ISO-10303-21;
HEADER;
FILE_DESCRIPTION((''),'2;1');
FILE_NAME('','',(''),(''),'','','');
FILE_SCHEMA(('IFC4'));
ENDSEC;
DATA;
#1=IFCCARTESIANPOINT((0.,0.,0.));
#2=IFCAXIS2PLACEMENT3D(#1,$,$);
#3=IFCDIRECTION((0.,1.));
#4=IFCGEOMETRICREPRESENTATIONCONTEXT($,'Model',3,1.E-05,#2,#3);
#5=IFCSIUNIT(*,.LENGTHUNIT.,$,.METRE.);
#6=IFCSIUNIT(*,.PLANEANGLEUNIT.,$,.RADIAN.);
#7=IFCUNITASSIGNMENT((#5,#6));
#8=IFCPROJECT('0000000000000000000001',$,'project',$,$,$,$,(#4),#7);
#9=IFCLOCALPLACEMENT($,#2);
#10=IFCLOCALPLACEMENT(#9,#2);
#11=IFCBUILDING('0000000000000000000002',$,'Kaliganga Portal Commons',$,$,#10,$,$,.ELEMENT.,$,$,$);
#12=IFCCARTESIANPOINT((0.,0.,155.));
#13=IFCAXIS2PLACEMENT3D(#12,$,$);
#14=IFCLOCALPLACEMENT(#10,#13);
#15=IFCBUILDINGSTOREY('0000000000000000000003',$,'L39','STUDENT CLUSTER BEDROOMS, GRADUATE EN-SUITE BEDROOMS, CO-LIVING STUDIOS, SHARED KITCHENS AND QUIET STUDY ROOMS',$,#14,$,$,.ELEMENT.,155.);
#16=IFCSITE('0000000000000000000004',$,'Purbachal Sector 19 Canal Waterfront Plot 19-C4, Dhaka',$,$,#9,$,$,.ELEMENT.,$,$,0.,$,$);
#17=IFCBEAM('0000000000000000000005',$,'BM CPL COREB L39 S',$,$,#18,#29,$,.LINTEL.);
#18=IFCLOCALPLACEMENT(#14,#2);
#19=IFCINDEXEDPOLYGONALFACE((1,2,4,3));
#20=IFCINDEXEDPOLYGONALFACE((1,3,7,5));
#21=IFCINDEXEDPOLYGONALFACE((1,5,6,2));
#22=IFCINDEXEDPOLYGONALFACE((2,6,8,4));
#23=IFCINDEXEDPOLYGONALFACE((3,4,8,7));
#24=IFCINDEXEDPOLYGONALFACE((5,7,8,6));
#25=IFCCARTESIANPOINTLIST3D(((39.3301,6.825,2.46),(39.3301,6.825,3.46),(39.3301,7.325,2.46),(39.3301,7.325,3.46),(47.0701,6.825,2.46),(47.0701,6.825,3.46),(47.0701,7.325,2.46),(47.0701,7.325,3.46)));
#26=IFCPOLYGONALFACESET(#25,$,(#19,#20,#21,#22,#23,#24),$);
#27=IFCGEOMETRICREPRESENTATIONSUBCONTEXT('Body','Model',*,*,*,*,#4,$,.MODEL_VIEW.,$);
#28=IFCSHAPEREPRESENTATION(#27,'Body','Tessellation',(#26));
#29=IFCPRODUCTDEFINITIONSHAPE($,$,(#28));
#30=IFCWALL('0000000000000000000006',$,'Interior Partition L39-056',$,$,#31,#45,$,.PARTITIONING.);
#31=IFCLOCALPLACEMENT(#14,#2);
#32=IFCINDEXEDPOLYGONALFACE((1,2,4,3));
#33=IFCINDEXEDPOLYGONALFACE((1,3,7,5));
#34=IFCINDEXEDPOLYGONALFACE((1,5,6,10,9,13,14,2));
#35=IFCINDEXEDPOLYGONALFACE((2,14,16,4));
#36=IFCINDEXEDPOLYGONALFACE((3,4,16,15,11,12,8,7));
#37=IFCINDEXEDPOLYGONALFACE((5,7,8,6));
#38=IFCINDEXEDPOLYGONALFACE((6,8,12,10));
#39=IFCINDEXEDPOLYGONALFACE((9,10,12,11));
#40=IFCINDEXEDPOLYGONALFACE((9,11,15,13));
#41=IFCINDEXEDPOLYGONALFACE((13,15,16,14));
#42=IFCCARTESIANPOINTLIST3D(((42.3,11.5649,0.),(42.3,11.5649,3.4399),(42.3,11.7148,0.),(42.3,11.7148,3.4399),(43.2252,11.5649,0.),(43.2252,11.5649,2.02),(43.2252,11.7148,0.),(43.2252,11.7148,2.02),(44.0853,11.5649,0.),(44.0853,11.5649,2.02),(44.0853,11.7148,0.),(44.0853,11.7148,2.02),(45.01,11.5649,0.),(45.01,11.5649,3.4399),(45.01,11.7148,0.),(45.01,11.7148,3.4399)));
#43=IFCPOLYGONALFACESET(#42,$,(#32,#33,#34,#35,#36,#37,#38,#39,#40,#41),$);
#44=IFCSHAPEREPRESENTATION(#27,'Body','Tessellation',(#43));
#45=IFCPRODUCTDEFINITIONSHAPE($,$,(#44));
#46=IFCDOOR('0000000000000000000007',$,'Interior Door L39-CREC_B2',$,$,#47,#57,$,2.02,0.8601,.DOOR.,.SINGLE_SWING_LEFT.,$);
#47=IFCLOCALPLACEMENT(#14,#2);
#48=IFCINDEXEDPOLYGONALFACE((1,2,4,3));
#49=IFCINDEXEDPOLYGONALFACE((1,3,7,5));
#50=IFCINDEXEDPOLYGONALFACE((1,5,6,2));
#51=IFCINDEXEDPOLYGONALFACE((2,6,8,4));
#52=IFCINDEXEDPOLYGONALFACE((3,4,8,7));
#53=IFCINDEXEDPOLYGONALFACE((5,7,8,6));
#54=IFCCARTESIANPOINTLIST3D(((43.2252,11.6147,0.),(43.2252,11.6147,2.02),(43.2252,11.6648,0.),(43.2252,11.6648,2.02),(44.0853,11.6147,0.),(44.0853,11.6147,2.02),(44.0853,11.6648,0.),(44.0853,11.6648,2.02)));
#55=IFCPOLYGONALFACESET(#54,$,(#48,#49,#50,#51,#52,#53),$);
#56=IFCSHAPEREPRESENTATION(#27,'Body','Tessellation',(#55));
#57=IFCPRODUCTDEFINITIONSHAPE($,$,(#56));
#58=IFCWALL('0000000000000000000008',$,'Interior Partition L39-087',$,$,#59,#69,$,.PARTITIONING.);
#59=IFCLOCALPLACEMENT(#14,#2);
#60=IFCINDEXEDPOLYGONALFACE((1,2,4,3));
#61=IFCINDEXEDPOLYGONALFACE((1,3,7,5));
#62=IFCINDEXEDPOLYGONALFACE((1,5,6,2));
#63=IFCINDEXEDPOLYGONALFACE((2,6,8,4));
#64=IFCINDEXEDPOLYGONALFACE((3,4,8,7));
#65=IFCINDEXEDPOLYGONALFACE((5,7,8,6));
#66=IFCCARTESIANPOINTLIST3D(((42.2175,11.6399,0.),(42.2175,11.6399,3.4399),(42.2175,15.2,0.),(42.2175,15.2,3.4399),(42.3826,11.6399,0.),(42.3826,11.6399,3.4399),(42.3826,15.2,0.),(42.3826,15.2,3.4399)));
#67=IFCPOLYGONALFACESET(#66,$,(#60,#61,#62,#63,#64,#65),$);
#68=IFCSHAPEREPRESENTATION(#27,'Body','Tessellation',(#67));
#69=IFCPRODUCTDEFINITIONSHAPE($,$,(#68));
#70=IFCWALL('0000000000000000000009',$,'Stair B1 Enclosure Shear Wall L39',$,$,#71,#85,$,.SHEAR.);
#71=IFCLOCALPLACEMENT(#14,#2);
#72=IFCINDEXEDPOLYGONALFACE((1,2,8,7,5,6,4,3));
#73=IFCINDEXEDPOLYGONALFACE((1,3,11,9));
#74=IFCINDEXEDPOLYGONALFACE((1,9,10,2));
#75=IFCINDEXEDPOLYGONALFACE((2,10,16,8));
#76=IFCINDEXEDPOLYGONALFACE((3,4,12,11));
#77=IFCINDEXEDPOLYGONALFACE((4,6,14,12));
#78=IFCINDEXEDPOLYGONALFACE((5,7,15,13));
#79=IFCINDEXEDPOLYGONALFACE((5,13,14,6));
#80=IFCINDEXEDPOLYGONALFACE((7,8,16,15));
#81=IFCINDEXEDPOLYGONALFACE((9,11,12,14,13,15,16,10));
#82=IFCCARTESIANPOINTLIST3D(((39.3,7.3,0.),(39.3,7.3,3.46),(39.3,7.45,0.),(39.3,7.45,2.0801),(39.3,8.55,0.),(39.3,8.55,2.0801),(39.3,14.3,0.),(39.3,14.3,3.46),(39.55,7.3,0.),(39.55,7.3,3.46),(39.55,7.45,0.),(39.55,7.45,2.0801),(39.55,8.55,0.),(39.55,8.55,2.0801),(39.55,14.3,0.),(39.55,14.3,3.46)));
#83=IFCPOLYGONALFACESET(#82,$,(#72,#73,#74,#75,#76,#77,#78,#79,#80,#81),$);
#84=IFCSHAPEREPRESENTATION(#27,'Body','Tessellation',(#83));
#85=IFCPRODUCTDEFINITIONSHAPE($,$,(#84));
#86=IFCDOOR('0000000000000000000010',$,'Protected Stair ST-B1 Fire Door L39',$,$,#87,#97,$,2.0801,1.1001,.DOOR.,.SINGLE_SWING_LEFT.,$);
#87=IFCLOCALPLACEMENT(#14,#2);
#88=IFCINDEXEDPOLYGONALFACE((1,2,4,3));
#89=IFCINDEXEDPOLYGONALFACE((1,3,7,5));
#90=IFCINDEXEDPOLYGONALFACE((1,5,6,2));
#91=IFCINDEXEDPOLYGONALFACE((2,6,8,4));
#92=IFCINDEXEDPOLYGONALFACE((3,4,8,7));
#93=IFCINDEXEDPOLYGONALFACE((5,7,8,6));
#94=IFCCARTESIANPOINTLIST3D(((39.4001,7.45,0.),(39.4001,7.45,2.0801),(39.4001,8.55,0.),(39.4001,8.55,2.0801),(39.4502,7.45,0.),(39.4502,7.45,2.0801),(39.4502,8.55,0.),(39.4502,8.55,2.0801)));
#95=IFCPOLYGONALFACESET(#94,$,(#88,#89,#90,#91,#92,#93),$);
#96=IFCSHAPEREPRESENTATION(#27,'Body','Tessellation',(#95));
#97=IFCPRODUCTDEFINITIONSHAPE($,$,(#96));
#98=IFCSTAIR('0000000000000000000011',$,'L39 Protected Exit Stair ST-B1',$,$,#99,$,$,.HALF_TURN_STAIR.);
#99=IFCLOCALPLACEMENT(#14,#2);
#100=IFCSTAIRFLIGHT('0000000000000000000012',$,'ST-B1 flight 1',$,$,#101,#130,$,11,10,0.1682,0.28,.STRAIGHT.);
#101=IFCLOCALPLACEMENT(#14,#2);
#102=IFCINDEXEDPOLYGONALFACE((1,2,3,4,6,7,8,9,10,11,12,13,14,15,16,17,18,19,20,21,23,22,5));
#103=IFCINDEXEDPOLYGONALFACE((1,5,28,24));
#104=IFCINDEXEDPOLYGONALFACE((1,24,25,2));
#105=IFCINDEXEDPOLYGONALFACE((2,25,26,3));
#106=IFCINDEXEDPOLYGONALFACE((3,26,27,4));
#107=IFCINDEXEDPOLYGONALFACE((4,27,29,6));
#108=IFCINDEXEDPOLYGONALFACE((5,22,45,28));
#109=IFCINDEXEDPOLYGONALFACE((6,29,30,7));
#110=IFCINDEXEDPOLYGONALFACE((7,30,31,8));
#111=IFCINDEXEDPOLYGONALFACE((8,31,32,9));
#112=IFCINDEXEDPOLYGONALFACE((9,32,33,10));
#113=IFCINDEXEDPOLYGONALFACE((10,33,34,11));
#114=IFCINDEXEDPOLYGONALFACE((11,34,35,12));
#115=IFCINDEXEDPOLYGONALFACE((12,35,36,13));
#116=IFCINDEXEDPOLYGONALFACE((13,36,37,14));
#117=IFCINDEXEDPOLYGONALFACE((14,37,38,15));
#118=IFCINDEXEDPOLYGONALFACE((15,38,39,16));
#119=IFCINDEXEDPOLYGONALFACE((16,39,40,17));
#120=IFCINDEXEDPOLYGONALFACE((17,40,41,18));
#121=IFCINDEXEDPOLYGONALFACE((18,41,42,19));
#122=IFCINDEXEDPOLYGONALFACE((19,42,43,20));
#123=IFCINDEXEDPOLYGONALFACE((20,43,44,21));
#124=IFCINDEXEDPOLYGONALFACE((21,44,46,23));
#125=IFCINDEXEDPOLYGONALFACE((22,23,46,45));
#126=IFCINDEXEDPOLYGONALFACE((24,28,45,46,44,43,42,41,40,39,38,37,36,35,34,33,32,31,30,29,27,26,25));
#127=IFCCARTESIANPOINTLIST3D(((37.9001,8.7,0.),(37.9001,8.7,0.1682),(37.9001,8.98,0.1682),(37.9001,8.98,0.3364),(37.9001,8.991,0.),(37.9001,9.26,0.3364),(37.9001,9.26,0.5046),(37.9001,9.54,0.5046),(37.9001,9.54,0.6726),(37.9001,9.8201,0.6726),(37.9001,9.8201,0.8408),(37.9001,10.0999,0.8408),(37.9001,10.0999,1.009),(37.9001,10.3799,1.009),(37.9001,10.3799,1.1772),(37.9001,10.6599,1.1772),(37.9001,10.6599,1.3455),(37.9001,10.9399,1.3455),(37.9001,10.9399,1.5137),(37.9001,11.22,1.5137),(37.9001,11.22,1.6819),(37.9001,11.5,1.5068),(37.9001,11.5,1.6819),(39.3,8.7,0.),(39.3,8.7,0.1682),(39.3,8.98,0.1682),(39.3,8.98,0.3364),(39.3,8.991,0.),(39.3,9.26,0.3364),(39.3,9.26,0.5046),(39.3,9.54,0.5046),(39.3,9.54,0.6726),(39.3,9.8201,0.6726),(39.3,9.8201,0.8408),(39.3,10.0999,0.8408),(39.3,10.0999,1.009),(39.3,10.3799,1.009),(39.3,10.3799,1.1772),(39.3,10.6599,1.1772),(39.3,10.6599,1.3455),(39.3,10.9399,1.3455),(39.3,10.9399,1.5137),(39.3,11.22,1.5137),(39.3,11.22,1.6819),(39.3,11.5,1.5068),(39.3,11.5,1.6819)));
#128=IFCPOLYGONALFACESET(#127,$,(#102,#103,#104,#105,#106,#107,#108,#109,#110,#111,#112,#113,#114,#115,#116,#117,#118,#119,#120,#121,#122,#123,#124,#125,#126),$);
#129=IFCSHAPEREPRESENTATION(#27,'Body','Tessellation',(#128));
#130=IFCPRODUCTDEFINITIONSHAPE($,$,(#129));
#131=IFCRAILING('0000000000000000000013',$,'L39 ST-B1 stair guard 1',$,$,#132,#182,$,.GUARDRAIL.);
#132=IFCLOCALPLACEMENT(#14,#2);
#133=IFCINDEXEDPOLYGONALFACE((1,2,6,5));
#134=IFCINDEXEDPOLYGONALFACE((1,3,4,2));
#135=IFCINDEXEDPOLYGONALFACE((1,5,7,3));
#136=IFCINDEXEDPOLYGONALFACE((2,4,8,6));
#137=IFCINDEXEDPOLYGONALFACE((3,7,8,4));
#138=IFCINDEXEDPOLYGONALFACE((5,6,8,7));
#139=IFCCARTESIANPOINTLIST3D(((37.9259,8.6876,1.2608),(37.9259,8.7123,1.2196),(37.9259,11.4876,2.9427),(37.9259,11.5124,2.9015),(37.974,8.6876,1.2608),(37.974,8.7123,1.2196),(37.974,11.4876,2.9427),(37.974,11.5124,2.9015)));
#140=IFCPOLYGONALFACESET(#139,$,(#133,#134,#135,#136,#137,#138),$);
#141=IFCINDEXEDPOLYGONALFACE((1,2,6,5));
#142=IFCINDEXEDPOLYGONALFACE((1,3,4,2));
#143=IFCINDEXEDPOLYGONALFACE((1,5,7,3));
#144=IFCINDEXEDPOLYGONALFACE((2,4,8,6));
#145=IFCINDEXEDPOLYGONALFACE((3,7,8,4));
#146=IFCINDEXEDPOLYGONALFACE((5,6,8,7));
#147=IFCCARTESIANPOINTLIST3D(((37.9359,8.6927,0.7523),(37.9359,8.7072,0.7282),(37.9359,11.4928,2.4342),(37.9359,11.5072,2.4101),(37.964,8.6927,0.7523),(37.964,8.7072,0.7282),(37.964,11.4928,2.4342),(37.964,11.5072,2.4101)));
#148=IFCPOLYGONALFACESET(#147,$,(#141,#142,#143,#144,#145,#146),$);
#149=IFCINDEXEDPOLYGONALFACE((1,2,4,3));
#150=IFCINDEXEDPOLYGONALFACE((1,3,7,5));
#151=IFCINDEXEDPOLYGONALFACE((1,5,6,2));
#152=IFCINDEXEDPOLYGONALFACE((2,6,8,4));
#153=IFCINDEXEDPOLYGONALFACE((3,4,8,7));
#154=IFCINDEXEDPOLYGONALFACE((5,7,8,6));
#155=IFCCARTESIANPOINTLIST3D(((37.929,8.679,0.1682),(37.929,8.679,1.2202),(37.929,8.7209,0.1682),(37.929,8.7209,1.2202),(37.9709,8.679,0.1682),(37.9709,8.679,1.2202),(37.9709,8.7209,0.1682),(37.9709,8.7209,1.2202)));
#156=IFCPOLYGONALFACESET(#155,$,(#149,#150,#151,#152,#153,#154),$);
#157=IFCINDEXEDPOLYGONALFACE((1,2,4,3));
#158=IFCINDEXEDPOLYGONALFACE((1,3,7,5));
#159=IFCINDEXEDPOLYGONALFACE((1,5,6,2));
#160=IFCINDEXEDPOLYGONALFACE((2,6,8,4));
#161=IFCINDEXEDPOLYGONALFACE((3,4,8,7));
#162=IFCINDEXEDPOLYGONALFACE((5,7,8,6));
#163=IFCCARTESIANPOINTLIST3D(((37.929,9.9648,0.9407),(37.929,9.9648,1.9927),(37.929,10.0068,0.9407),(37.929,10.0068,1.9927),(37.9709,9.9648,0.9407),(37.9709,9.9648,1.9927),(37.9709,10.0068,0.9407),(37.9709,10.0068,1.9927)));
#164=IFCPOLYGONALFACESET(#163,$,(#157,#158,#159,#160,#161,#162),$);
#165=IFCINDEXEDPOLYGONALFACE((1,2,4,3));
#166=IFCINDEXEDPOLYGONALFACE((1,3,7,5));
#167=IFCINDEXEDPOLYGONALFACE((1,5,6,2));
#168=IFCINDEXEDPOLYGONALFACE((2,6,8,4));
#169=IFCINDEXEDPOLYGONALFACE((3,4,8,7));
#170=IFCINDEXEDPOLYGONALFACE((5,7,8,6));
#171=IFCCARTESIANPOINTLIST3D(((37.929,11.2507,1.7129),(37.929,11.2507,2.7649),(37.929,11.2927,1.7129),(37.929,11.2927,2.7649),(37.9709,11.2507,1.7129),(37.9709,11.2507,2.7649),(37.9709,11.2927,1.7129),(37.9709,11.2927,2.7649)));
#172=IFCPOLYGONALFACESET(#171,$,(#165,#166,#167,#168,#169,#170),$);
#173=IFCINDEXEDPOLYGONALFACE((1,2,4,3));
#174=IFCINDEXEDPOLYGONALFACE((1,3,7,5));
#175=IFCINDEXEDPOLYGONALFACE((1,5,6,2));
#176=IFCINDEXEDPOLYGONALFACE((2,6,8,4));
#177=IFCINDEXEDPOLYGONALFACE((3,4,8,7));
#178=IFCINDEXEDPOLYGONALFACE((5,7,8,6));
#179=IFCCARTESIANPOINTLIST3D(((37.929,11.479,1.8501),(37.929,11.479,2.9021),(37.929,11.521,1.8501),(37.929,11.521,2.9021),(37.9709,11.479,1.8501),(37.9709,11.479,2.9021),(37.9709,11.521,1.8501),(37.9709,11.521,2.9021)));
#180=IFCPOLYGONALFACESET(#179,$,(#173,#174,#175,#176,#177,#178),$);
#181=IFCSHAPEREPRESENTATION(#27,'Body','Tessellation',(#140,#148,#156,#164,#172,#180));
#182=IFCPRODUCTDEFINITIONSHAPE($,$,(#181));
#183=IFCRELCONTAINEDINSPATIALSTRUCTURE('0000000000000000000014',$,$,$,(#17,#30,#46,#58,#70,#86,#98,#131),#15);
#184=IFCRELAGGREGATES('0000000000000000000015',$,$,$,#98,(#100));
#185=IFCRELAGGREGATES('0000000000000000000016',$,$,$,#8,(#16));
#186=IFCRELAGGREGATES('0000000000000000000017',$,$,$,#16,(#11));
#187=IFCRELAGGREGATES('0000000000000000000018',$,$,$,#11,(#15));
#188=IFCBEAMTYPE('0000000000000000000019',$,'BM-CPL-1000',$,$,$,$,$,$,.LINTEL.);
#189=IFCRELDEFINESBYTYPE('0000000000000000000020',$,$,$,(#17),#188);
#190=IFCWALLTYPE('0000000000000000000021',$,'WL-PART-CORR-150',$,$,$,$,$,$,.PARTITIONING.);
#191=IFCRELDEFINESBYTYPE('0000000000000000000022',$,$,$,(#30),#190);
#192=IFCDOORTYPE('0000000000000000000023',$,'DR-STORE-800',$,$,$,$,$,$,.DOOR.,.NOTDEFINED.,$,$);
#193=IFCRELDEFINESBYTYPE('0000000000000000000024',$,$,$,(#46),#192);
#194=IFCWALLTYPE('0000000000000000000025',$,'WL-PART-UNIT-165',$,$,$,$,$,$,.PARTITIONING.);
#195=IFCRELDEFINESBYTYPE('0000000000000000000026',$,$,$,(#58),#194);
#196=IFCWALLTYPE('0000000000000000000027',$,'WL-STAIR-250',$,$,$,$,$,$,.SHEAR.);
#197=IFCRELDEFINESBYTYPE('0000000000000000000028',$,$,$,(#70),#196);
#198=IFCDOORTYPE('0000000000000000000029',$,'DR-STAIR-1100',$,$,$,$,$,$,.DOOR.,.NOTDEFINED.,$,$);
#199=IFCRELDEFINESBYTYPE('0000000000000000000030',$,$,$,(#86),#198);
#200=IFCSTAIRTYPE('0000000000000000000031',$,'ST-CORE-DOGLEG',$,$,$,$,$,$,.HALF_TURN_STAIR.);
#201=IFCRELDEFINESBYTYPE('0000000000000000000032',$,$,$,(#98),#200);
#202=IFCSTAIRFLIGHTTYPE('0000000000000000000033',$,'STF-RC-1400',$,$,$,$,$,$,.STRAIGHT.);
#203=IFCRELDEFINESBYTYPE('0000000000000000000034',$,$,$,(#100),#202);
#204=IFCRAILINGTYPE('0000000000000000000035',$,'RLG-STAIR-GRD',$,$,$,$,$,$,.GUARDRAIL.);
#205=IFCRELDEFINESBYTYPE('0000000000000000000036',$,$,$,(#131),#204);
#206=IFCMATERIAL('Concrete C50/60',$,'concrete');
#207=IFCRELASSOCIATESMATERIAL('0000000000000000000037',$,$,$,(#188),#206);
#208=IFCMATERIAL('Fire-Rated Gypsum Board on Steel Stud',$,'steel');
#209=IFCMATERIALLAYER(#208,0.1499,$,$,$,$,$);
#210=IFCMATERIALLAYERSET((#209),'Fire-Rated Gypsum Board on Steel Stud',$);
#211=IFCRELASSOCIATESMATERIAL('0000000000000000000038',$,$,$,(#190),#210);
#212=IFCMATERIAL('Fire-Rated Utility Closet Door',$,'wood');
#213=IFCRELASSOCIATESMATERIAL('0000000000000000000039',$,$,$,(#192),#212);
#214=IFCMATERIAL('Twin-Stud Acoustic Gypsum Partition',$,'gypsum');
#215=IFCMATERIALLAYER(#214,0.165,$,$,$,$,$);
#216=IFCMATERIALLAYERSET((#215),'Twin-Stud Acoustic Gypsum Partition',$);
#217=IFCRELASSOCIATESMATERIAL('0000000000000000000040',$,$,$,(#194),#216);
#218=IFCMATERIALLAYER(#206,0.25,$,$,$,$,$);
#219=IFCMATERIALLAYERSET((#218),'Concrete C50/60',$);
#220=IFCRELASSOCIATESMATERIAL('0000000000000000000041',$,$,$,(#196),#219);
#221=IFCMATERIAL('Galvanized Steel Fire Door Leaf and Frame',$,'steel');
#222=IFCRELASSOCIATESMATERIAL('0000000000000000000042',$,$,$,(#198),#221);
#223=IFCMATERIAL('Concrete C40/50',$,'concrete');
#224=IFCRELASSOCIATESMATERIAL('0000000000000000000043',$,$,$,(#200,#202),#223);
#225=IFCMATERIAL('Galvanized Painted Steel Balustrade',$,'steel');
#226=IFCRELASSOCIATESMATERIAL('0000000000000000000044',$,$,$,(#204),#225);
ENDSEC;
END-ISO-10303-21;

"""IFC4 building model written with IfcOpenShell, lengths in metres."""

from ifc_helpers import new_model, si_unit, direction, frame, frame_2d, origin, origin_2d, place, context, subcontext, project, spatial, polyline, rectangle, outline, extrude, source, transform, mapped, material, layer, layer_set, material_profile, profile_set, type_object, element, fill, aggregate, save


model = new_model("IFC4")

# Units and contexts
model_context = context("Model", 3, precision=1e-05, world=origin(), true_north=direction((0.0, 1.0)))
body_context = subcontext(model_context, "Body", "Model", "MODEL_VIEW")
ifc_project = project(units=[si_unit("LENGTHUNIT", "METRE"), si_unit("PLANEANGLEUNIT", "RADIAN")], contexts=[model_context])

# Site, building, storey
site_placement = place(None, origin())
site = spatial("IfcSite", under=ifc_project, at=site_placement, Name="Purbachal Sector 19 Canal Waterfront Plot 19-C4, Dhaka", CompositionType="ELEMENT", RefElevation=0.0)
building_placement = place(site_placement, origin())
building = spatial("IfcBuilding", under=site, at=building_placement, Name="Kaliganga Portal Commons", CompositionType="ELEMENT")
storey_placement = place(building_placement, frame((0.0, 0.0, 155.0)))
storey = spatial("IfcBuildingStorey", under=building, at=storey_placement, Name="L39", Description="STUDENT CLUSTER BEDROOMS, GRADUATE EN-SUITE BEDROOMS, CO-LIVING STUDIOS, SHARED KITCHENS AND QUIET STUDY ROOMS", CompositionType="ELEMENT", Elevation=155.0)

# Beam
ifc_material_1 = material(Name="Concrete C50/60", Category="concrete")
ifc_material_profile = material_profile(ifc_material_1, rectangle(XDim=0.5, YDim=1.0, at=origin_2d()), Name="RC 500x1000")
ifc_profile_set = profile_set([ifc_material_profile], Name="Concrete C50/60")
beam_type = type_object("IfcBeamType", Name="BM-CPL-1000", PredefinedType="LINTEL", material=ifc_profile_set)
shared_shape = source(origin(), body_context, "Body", "SweptSolid", [
    extrude(rectangle(XDim=0.5, YDim=1.0, at=origin_2d()), origin(), (0.0, 0.0, 1.0), 7.74),
])
beam_placement = place(storey_placement, frame((39.3301, 7.075, 2.96), z_axis=(1.0, 0.0, 0.0), x_axis=(0.0, 1.0, 0.0)))
element("IfcBeam", 1, at=beam_placement, inside=storey, type_object=beam_type, Name="BM CPL COREB L39 S", PredefinedType="LINTEL", context=body_context, shape_type="MappedRepresentation", body=[
    mapped(shared_shape, transform((0.0, 0.0, 0.0), x_axis=(1.0, 0.0, 0.0), y_axis=(0.0, 1.0, 0.0), z_axis=(0.0, 0.0, 1.0), scale=1.0)),
])

# Wall, opening, door
ifc_material_2 = material(Name="Fire-Rated Gypsum Board on Steel Stud", Category="steel")
ifc_layer_1 = layer(ifc_material_2, 0.1499)
ifc_layer_set_1 = layer_set([ifc_layer_1], Name="Fire-Rated Gypsum Board on Steel Stud")
wall_type_1 = type_object("IfcWallType", Name="WL-PART-CORR-150", PredefinedType="PARTITIONING", material=ifc_layer_set_1)
wall_1_placement = place(storey_placement, frame((42.3, 11.6399, 0.0), z_axis=(0.0, 0.0, 1.0), x_axis=(1.0, 0.0, 0.0)))
wall_1 = element("IfcWall", 2, at=wall_1_placement, inside=storey, type_object=wall_type_1, Name="Interior Partition L39-056", PredefinedType="PARTITIONING", context=body_context, shape_type="SweptSolid", body=[
    extrude(rectangle(XDim=2.71, YDim=0.1499, at=frame_2d((1.355, 0.0))), origin(), (0.0, 0.0, 1.0), 3.4399),
])
opening_1_placement = place(wall_1_placement, frame((0.925, 0.0, 0.0)))
opening_1 = element("IfcOpeningElement", 3, at=opening_1_placement, cuts=wall_1, PredefinedType="OPENING", context=body_context, shape_type="SweptSolid", body=[
    extrude(rectangle(XDim=0.8601, YDim=2.02, at=frame_2d((0.4302, 1.01))), frame((0.0, 0.085, 0.0), z_axis=(0.0, -1.0, 0.0), x_axis=(1.0, 0.0, 0.0)), (0.0, 0.0, 1.0), 0.1699),
])
ifc_material_3 = material(Name="Fire-Rated Utility Closet Door", Category="wood")
door_type_1 = type_object("IfcDoorType", Name="DR-STORE-800", OperationType="NOTDEFINED", PredefinedType="DOOR", material=ifc_material_3)
door_1_placement = place(opening_1_placement, origin())
door_1 = element("IfcDoor", 4, at=door_1_placement, inside=storey, type_object=door_type_1, Name="Interior Door L39-CREC_B2", OperationType="SINGLE_SWING_LEFT", OverallHeight=2.02, OverallWidth=0.8601, PredefinedType="DOOR", context=body_context, shape_type="SweptSolid", body=[
    extrude(rectangle(XDim=0.8601, YDim=2.02, at=frame_2d((0.4302, 1.01))), frame((0.0, 0.0249, 0.0), z_axis=(0.0, -1.0, 0.0), x_axis=(1.0, 0.0, 0.0)), (0.0, 0.0, 1.0), 0.05),
])
fill(opening_1, door_1)

# Wall
ifc_material_4 = material(Name="Twin-Stud Acoustic Gypsum Partition", Category="gypsum")
ifc_layer_2 = layer(ifc_material_4, 0.165)
ifc_layer_set_2 = layer_set([ifc_layer_2], Name="Twin-Stud Acoustic Gypsum Partition")
wall_type_2 = type_object("IfcWallType", Name="WL-PART-UNIT-165", PredefinedType="PARTITIONING", material=ifc_layer_set_2)
wall_2_placement = place(storey_placement, frame((42.3, 11.6399, 0.0), z_axis=(0.0, 0.0, 1.0), x_axis=(0.0, 1.0, 0.0)))
element("IfcWall", 5, at=wall_2_placement, inside=storey, type_object=wall_type_2, Name="Interior Partition L39-087", PredefinedType="PARTITIONING", context=body_context, shape_type="SweptSolid", body=[
    extrude(rectangle(XDim=3.5601, YDim=0.165, at=frame_2d((1.78, 0.0))), origin(), (0.0, 0.0, 1.0), 3.4399),
])

# Wall, opening, door
ifc_layer_3 = layer(ifc_material_1, 0.25)
ifc_layer_set_3 = layer_set([ifc_layer_3], Name="Concrete C50/60")
wall_type_3 = type_object("IfcWallType", Name="WL-STAIR-250", PredefinedType="SHEAR", material=ifc_layer_set_3)
wall_3_placement = place(storey_placement, frame((39.425, 7.3, 0.0), z_axis=(0.0, 0.0, 1.0), x_axis=(0.0, 1.0, 0.0)))
wall_3 = element("IfcWall", 6, at=wall_3_placement, inside=storey, type_object=wall_type_3, Name="Stair B1 Enclosure Shear Wall L39", PredefinedType="SHEAR", context=body_context, shape_type="SweptSolid", body=[
    extrude(rectangle(XDim=7.0, YDim=0.25, at=frame_2d((3.5, 0.0))), origin(), (0.0, 0.0, 1.0), 3.46),
])
opening_2_placement = place(wall_3_placement, frame((0.1499, 0.0, 0.0)))
opening_2 = element("IfcOpeningElement", 7, at=opening_2_placement, cuts=wall_3, PredefinedType="OPENING", context=body_context, shape_type="SweptSolid", body=[
    extrude(rectangle(XDim=1.1001, YDim=2.0801, at=frame_2d((0.55, 1.04))), frame((0.0, 0.135, 0.0), z_axis=(0.0, -1.0, 0.0), x_axis=(1.0, 0.0, 0.0)), (0.0, 0.0, 1.0), 0.27),
])
ifc_material_5 = material(Name="Galvanized Steel Fire Door Leaf and Frame", Category="steel")
door_type_2 = type_object("IfcDoorType", Name="DR-STAIR-1100", OperationType="NOTDEFINED", PredefinedType="DOOR", material=ifc_material_5)
door_2_placement = place(opening_2_placement, origin())
door_2 = element("IfcDoor", 8, at=door_2_placement, inside=storey, type_object=door_type_2, Name="Protected Stair ST-B1 Fire Door L39", OperationType="SINGLE_SWING_LEFT", OverallHeight=2.0801, OverallWidth=1.1001, PredefinedType="DOOR", context=body_context, shape_type="SweptSolid", body=[
    extrude(rectangle(XDim=1.1001, YDim=2.0801, at=frame_2d((0.55, 1.04))), frame((0.0, 0.0249, 0.0), z_axis=(0.0, -1.0, 0.0), x_axis=(1.0, 0.0, 0.0)), (0.0, 0.0, 1.0), 0.05),
])
fill(opening_2, door_2)

# Stair, stair flight
ifc_material_6 = material(Name="Concrete C40/50", Category="concrete")
stair_type = type_object("IfcStairType", Name="ST-CORE-DOGLEG", PredefinedType="HALF_TURN_STAIR", material=ifc_material_6)
stair_placement = place(storey_placement, origin())
stair = element("IfcStair", 9, at=stair_placement, inside=storey, type_object=stair_type, Name="L39 Protected Exit Stair ST-B1", PredefinedType="HALF_TURN_STAIR")
stair_flight_type = type_object("IfcStairFlightType", Name="STF-RC-1400", PredefinedType="STRAIGHT", material=ifc_material_6)
stair_flight_placement = place(storey_placement, frame((38.6001, 8.7, 0.0), z_axis=(0.0, 0.0, 1.0), x_axis=(0.0, 1.0, 0.0)))
stair_flight = element("IfcStairFlight", 10, at=stair_flight_placement, type_object=stair_flight_type, Name="ST-B1 flight 1", NumberOfRisers=11, NumberOfTreads=10, PredefinedType="STRAIGHT", RiserHeight=0.1682, TreadLength=0.28, context=body_context, shape_type="SweptSolid", body=[
    extrude(outline(polyline([(0.0, 0.0), (0.0, 0.1682), (0.28, 0.1682), (0.28, 0.3364), (0.5601, 0.3364), (0.5601, 0.5046), (0.8401, 0.5046), (0.8401, 0.6726), (1.1201, 0.6726), (1.1201, 0.8408), (1.3999, 0.8408), (1.3999, 1.009), (1.6799, 1.009), (1.6799, 1.1772), (1.96, 1.1772), (1.96, 1.3455), (2.24, 1.3455), (2.24, 1.5137), (2.52, 1.5137), (2.52, 1.6819), (2.8, 1.6819), (2.8, 1.8501), (2.8, 1.5068), (0.291, 0.0), (0.0, 0.0)])), frame((0.0, 0.7, 0.0), z_axis=(0.0, -1.0, 0.0), x_axis=(1.0, 0.0, 0.0)), (0.0, 0.0, 1.0), 1.3999),
])
aggregate(stair, [stair_flight])

# Railing
ifc_material_7 = material(Name="Galvanized Painted Steel Balustrade", Category="steel")
railing_type_1 = type_object("IfcRailingType", Name="RLG-STAIR-GRD", PredefinedType="GUARDRAIL", material=ifc_material_7)
railing_1_placement = place(storey_placement, frame((37.95, 8.7, 0.1682)))
element("IfcRailing", 11, at=railing_1_placement, inside=storey, type_object=railing_type_1, Name="L39 ST-B1 stair guard 1", PredefinedType="GUARDRAIL", context=body_context, shape_type="SweptSolid", body=[
    extrude(rectangle(XDim=0.0481, YDim=0.0481, at=origin_2d()), frame((0.0, 0.0, 1.072), z_axis=(0.0, 0.857242, 0.514913), x_axis=(-1.0, 0.0, 0.0)), (0.0, 0.0, 1.0), 3.2664),
    extrude(rectangle(XDim=0.0281, YDim=0.0281, at=origin_2d()), frame((0.0, 0.0, 0.572), z_axis=(0.0, 0.857242, 0.514913), x_axis=(-1.0, 0.0, 0.0)), (0.0, 0.0, 1.0), 3.2664),
    extrude(rectangle(XDim=0.042, YDim=0.042, at=origin_2d()), origin(), (0.0, 0.0, 1.0), 1.052),
    extrude(rectangle(XDim=0.042, YDim=0.042, at=origin_2d()), frame((0.0, 1.2859, 0.7725)), (0.0, 0.0, 1.0), 1.052),
    extrude(rectangle(XDim=0.042, YDim=0.042, at=origin_2d()), frame((0.0, 2.5718, 1.5447)), (0.0, 0.0, 1.0), 1.052),
    extrude(rectangle(XDim=0.042, YDim=0.042, at=origin_2d()), frame((0.0, 2.8, 1.6819)), (0.0, 0.0, 1.0), 1.052),
])

save(model, "model.ifc")
